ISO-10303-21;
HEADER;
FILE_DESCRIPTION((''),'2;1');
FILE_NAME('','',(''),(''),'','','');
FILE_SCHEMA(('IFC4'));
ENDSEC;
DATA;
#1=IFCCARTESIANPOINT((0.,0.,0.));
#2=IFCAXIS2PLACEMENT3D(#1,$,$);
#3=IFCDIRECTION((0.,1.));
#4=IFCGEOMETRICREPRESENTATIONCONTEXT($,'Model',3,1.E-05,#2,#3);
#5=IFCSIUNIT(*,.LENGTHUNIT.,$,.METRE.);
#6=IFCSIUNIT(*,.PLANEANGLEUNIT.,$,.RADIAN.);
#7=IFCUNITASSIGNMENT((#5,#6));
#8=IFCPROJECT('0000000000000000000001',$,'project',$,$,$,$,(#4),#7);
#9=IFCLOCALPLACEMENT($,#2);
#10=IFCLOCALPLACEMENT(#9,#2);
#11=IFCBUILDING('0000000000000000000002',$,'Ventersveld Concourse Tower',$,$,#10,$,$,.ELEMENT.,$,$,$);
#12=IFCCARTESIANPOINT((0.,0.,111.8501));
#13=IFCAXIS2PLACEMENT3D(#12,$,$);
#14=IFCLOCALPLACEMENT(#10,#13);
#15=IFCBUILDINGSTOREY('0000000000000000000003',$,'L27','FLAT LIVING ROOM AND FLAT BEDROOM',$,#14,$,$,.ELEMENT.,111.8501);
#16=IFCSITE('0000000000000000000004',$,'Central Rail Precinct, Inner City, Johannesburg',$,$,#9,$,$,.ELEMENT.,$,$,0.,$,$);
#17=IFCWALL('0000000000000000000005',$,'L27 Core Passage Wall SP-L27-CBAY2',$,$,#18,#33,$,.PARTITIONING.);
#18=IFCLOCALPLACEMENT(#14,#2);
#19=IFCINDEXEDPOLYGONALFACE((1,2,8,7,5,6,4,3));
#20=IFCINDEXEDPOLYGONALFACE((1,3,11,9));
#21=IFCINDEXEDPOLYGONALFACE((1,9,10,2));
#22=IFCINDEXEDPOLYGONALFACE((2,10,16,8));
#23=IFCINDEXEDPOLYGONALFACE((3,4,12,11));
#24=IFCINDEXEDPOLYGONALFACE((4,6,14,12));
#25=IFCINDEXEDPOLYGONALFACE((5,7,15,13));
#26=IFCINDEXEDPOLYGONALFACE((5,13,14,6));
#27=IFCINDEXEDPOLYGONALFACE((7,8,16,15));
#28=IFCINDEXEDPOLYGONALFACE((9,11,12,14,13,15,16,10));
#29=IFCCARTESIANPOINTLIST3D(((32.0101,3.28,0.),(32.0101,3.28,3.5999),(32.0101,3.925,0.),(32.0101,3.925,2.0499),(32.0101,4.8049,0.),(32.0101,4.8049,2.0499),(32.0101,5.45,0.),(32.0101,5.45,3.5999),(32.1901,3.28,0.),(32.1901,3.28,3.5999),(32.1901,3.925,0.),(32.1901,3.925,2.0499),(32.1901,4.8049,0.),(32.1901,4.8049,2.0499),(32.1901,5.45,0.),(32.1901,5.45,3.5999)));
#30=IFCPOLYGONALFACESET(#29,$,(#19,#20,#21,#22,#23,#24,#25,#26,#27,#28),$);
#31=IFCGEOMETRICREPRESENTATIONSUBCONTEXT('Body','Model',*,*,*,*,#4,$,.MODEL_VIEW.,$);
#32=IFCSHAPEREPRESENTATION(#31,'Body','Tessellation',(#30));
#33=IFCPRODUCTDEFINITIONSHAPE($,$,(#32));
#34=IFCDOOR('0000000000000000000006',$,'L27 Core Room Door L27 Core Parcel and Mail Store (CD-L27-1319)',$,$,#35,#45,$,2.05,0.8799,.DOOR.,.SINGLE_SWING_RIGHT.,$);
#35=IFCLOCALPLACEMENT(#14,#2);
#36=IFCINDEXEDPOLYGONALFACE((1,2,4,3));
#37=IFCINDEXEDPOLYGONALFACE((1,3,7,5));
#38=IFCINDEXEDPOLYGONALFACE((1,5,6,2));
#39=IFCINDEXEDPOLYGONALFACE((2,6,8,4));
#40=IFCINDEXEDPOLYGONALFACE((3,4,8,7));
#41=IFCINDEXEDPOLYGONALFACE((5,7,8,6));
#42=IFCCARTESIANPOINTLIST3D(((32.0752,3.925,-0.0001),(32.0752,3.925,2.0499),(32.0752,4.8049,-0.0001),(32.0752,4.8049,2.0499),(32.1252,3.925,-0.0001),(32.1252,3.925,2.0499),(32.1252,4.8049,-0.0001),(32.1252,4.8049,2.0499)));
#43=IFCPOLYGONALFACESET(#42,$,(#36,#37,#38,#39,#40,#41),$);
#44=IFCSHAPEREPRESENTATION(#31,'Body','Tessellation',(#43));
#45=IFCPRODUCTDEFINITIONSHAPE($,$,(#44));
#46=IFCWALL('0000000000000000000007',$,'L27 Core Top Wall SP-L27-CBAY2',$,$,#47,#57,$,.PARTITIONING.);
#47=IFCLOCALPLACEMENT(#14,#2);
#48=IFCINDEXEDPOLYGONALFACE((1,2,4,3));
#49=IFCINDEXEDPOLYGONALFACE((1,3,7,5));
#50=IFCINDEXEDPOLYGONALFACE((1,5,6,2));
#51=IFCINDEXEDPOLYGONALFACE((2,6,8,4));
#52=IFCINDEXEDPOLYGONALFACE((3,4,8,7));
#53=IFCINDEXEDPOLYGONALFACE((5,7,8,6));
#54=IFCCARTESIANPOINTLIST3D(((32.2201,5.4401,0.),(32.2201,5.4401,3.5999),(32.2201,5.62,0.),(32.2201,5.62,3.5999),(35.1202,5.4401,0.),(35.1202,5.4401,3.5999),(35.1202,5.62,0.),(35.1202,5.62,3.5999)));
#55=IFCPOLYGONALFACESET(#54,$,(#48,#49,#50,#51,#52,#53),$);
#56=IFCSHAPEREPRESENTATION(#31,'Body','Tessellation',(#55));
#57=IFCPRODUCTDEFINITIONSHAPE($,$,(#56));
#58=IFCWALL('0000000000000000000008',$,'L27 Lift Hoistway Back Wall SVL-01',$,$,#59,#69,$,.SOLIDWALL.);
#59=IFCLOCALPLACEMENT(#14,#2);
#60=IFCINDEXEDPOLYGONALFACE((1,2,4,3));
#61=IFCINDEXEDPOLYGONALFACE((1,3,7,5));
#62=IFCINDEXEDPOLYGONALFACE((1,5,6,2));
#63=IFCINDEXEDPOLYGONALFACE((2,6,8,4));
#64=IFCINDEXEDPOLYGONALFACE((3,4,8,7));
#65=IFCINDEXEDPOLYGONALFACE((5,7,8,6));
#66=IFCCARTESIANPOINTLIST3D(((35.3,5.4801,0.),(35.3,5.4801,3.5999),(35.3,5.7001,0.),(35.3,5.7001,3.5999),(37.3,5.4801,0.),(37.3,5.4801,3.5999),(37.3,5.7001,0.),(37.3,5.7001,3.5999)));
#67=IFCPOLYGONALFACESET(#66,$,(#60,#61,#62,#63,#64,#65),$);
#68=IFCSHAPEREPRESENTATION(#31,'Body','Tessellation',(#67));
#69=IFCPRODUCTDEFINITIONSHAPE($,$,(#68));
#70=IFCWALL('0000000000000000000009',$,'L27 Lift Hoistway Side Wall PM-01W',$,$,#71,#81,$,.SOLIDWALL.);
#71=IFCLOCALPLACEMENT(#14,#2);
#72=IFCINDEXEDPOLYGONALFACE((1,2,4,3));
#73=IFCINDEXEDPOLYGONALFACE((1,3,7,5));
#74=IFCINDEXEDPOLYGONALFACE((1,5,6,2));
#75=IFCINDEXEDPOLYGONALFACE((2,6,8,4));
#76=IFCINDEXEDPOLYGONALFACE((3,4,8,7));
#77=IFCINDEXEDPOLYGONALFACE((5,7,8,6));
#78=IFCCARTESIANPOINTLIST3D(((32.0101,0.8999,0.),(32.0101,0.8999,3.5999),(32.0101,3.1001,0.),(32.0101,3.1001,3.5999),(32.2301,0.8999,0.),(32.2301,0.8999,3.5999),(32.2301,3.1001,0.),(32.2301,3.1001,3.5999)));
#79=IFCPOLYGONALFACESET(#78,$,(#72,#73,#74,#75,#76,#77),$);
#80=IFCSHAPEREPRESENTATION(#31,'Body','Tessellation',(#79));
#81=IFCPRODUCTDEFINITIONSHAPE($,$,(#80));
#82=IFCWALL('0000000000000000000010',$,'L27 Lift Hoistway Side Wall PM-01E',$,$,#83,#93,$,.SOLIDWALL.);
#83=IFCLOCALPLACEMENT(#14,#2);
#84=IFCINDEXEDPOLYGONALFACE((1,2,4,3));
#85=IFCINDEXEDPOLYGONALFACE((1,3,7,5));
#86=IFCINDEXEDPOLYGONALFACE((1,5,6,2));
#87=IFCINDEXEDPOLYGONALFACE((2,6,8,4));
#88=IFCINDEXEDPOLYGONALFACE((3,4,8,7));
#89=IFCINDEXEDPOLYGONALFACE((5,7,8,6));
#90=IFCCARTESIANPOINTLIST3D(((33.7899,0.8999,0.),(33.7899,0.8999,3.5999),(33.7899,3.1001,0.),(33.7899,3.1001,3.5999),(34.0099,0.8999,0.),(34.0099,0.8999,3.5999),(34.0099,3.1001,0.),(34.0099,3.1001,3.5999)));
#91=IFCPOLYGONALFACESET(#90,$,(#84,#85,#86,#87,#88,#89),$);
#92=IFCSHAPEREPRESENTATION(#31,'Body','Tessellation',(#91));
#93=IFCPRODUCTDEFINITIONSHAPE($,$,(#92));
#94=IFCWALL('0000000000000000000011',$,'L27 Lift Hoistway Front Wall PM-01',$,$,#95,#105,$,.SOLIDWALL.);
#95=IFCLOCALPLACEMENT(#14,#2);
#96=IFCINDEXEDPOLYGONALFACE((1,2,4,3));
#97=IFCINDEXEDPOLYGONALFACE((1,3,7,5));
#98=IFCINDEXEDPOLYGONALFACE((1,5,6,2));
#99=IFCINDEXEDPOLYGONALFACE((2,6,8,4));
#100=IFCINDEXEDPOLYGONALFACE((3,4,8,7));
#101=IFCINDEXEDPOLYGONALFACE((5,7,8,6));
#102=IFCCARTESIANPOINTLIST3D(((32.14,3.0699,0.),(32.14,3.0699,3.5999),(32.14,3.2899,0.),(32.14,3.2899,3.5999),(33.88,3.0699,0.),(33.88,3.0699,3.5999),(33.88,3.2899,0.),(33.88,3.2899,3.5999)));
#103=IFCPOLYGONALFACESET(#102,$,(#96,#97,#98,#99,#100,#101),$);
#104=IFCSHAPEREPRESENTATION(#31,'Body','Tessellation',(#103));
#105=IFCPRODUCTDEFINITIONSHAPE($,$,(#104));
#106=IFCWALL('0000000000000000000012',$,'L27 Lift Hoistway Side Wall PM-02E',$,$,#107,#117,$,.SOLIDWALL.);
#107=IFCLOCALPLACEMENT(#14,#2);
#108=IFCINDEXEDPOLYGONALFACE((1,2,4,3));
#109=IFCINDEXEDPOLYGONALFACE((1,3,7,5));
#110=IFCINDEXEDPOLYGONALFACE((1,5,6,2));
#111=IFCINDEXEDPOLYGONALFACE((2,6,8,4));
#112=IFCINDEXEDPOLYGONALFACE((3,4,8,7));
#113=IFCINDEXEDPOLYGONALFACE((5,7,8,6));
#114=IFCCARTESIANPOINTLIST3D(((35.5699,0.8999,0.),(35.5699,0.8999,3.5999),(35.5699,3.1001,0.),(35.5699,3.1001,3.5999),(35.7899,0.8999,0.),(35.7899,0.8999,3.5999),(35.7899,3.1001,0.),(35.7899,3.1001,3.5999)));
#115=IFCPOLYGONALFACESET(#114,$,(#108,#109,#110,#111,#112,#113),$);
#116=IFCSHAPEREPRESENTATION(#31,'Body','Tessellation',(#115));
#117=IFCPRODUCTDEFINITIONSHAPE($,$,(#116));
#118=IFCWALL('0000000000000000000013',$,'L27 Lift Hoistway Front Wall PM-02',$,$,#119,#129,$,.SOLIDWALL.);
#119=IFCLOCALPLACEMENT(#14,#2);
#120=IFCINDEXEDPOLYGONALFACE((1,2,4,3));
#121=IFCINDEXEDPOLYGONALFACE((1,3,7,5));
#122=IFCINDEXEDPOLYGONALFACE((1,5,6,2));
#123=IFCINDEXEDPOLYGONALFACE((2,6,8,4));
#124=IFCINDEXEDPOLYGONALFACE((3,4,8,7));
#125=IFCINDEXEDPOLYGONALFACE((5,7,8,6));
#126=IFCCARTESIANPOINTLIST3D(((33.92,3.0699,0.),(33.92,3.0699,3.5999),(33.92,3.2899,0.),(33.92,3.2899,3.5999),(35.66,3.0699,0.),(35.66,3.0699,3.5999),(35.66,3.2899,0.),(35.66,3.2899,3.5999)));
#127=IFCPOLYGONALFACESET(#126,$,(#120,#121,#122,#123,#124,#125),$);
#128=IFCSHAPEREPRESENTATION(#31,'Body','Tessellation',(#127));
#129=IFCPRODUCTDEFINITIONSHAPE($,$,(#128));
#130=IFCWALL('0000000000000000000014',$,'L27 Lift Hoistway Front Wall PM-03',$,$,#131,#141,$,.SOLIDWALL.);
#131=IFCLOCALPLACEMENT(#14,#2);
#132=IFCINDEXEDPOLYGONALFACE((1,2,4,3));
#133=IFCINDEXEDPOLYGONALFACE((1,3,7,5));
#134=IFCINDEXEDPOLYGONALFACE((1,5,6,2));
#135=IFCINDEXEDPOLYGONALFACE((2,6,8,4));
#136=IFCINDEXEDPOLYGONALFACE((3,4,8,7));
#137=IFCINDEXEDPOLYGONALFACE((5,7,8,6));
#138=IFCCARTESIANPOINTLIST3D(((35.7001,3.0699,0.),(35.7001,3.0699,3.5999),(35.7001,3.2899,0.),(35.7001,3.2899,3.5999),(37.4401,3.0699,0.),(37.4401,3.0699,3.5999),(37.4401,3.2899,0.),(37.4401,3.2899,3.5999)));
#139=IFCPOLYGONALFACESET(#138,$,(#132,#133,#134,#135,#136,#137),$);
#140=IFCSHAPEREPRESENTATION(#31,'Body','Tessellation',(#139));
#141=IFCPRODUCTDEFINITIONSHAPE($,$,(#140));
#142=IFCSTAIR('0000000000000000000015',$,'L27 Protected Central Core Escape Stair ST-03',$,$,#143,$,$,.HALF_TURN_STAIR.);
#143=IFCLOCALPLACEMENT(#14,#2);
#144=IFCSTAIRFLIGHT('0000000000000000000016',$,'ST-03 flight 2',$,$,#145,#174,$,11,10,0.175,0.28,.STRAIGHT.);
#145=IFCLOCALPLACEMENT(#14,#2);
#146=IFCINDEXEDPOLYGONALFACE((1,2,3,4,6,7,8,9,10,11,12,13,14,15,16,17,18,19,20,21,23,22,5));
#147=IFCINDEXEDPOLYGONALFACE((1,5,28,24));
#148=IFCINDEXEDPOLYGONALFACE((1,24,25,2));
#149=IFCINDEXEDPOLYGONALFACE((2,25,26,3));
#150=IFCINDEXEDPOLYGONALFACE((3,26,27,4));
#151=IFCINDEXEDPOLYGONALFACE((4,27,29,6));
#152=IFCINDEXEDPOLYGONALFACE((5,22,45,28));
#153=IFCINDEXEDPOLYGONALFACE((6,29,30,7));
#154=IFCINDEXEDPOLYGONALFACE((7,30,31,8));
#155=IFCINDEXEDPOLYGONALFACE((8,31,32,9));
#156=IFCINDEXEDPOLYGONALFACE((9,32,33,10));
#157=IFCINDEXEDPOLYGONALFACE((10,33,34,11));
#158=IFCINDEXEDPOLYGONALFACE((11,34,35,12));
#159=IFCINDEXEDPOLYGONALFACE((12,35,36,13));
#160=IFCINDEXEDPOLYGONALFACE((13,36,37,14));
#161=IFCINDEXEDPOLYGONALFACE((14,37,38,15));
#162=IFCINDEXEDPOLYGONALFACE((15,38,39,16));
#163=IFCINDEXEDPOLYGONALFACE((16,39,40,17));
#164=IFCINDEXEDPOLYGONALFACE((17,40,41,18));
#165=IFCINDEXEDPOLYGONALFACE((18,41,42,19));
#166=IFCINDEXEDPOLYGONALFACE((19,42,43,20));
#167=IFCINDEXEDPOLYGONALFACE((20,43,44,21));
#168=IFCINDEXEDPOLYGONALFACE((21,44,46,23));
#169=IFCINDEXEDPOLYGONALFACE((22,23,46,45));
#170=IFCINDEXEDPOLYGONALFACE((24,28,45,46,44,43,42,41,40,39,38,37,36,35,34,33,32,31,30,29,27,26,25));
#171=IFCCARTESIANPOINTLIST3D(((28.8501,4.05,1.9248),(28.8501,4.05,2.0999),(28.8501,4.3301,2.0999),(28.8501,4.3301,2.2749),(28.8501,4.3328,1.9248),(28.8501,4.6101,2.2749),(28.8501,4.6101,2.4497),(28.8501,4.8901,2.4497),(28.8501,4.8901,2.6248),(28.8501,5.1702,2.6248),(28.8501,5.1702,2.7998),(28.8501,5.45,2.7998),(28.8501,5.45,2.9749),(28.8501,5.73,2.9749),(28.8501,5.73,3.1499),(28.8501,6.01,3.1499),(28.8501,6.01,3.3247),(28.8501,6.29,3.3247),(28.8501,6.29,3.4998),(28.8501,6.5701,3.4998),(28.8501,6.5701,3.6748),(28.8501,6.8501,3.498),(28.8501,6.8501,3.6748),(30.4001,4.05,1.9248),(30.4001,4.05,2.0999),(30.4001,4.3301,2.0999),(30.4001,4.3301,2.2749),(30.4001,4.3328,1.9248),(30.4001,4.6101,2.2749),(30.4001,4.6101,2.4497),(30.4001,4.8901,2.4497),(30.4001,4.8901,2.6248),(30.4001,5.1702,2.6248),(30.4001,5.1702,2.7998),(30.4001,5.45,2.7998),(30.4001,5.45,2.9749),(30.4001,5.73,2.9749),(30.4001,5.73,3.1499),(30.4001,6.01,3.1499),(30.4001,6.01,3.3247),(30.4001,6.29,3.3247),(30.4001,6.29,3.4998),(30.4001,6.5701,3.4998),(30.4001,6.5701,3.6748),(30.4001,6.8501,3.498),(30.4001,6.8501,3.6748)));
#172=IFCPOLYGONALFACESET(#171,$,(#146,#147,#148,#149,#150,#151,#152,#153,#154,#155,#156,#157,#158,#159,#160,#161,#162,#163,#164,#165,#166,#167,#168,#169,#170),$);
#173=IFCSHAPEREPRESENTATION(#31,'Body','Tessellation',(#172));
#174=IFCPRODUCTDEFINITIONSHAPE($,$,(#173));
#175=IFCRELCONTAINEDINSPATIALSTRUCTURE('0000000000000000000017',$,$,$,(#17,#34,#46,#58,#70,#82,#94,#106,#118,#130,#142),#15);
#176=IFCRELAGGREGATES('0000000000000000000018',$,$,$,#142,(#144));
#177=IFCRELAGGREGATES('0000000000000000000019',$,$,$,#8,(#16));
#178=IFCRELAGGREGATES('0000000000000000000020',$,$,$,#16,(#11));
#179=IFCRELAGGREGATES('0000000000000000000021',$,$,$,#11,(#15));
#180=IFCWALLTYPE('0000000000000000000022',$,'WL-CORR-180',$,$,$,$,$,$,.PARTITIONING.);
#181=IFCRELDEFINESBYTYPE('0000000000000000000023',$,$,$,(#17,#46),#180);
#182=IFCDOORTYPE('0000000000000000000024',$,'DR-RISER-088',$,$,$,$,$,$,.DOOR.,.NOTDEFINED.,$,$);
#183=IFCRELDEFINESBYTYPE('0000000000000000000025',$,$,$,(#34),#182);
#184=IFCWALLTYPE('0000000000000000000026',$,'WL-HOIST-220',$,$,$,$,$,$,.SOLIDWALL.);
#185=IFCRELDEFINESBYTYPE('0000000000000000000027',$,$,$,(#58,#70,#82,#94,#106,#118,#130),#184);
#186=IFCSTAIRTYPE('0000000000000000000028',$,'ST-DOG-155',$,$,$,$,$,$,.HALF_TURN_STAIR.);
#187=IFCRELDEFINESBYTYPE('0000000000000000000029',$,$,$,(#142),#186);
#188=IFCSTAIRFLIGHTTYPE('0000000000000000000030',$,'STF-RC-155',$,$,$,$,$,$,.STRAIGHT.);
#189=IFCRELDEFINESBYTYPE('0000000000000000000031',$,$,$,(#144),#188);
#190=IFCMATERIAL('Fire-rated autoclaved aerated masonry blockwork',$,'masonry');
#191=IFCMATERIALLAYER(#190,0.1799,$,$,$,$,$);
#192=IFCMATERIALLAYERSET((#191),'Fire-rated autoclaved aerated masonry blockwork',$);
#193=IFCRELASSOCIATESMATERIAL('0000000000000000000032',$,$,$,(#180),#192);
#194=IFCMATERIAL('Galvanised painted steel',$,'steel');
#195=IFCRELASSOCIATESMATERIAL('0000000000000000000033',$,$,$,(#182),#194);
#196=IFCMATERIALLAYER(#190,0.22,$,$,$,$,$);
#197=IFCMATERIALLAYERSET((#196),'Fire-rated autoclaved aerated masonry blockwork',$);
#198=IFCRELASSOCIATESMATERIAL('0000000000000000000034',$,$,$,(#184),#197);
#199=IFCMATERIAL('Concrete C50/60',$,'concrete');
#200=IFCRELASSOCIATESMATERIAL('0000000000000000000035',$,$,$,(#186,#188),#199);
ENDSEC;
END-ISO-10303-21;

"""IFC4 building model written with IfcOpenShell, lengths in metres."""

from ifc_helpers import new_model, si_unit, direction, frame, frame_2d, origin, place, context, subcontext, project, spatial, polyline, rectangle, outline, extrude, material, layer, layer_set, type_object, element, fill, aggregate, save


model = new_model("IFC4")

# Units and contexts
model_context = context("Model", 3, precision=1e-05, world=origin(), true_north=direction((0.0, 1.0)))
body_context = subcontext(model_context, "Body", "Model", "MODEL_VIEW")
ifc_project = project(units=[si_unit("LENGTHUNIT", "METRE"), si_unit("PLANEANGLEUNIT", "RADIAN")], contexts=[model_context])

# Site, building, storey
site_placement = place(None, origin())
site = spatial("IfcSite", under=ifc_project, at=site_placement, Name="Central Rail Precinct, Inner City, Johannesburg", CompositionType="ELEMENT", RefElevation=0.0)
building_placement = place(site_placement, origin())
building = spatial("IfcBuilding", under=site, at=building_placement, Name="Ventersveld Concourse Tower", CompositionType="ELEMENT")
storey_placement = place(building_placement, frame((0.0, 0.0, 111.8501)))
storey = spatial("IfcBuildingStorey", under=building, at=storey_placement, Name="L27", Description="FLAT LIVING ROOM AND FLAT BEDROOM", CompositionType="ELEMENT", Elevation=111.8501)

# Shared definitions
ifc_material_1 = material(Name="Concrete C50/60", Category="concrete")

# Wall, opening, door
ifc_material_2 = material(Name="Fire-rated autoclaved aerated masonry blockwork", Category="masonry")
ifc_layer_1 = layer(ifc_material_2, 0.1799)
ifc_layer_set_1 = layer_set([ifc_layer_1], Name="Fire-rated autoclaved aerated masonry blockwork")
wall_type_1 = type_object("IfcWallType", Name="WL-CORR-180", PredefinedType="PARTITIONING", material=ifc_layer_set_1)
wall_1_placement = place(storey_placement, frame((32.1001, 3.28, 0.0), z_axis=(0.0, 0.0, 1.0), x_axis=(0.0, 1.0, 0.0)))
wall_1 = element("IfcWall", 1, at=wall_1_placement, inside=storey, type_object=wall_type_1, Name="L27 Core Passage Wall SP-L27-CBAY2", PredefinedType="PARTITIONING", context=body_context, shape_type="SweptSolid", body=[
    extrude(rectangle(XDim=2.1699, YDim=0.1799, at=frame_2d((1.085, 0.0))), origin(), (0.0, 0.0, 1.0), 3.5999),
])
opening_placement = place(wall_1_placement, frame((0.645, 0.0, 0.0)))
opening = element("IfcOpeningElement", 2, at=opening_placement, cuts=wall_1, PredefinedType="OPENING", context=body_context, shape_type="SweptSolid", body=[
    extrude(rectangle(XDim=0.8799, YDim=2.05, at=frame_2d((0.4399, 1.0249))), frame((0.0, 0.1001, 0.0), z_axis=(0.0, -1.0, 0.0), x_axis=(1.0, 0.0, 0.0)), (0.0, 0.0, 1.0), 0.2),
])
ifc_material_3 = material(Name="Galvanised painted steel", Category="steel")
door_type = type_object("IfcDoorType", Name="DR-RISER-088", OperationType="NOTDEFINED", PredefinedType="DOOR", material=ifc_material_3)
door_placement = place(opening_placement, origin())
door = element("IfcDoor", 3, at=door_placement, inside=storey, type_object=door_type, Name="L27 Core Room Door L27 Core Parcel and Mail Store (CD-L27-1319)", OperationType="SINGLE_SWING_RIGHT", OverallHeight=2.05, OverallWidth=0.8799, PredefinedType="DOOR", context=body_context, shape_type="SweptSolid", body=[
    extrude(rectangle(XDim=0.8799, YDim=2.05, at=frame_2d((0.4399, 1.0249))), frame((0.0, 0.0249, 0.0), z_axis=(0.0, -1.0, 0.0), x_axis=(1.0, 0.0, 0.0)), (0.0, 0.0, 1.0), 0.05),
])
fill(opening, door)

# Walls
wall_2_placement = place(storey_placement, frame((32.22, 5.53, 0.0), z_axis=(0.0, 0.0, 1.0), x_axis=(1.0, 0.0, 0.0)))
element("IfcWall", 4, at=wall_2_placement, inside=storey, type_object=wall_type_1, Name="L27 Core Top Wall SP-L27-CBAY2", PredefinedType="PARTITIONING", context=body_context, shape_type="SweptSolid", body=[
    extrude(rectangle(XDim=2.9001, YDim=0.1799, at=frame_2d((1.4502, 0.0))), origin(), (0.0, 0.0, 1.0), 3.5999),
])
ifc_layer_2 = layer(ifc_material_2, 0.22)
ifc_layer_set_2 = layer_set([ifc_layer_2], Name="Fire-rated autoclaved aerated masonry blockwork")
wall_type_2 = type_object("IfcWallType", Name="WL-HOIST-220", PredefinedType="SOLIDWALL", material=ifc_layer_set_2)
wall_3_placement = place(storey_placement, frame((35.3, 5.5901, 0.0), z_axis=(0.0, 0.0, 1.0), x_axis=(1.0, 0.0, 0.0)))
element("IfcWall", 5, at=wall_3_placement, inside=storey, type_object=wall_type_2, Name="L27 Lift Hoistway Back Wall SVL-01", PredefinedType="SOLIDWALL", context=body_context, shape_type="SweptSolid", body=[
    extrude(rectangle(XDim=2.0, YDim=0.22, at=frame_2d((1.0, 0.0))), origin(), (0.0, 0.0, 1.0), 3.5999),
])
for number, where, z_axis, x_axis, name in (
    (6, (32.1201, 0.8999, 0.0), (0.0, 0.0, 1.0), (0.0, 1.0, 0.0), "L27 Lift Hoistway Side Wall PM-01W"),
    (7, (33.8999, 0.8999, 0.0), (0.0, 0.0, 1.0), (0.0, 1.0, 0.0), "L27 Lift Hoistway Side Wall PM-01E"),
):
    element("IfcWall", number, at=place(storey_placement, frame(where, z_axis=z_axis, x_axis=x_axis)), inside=storey, type_object=wall_type_2, Name=name, PredefinedType="SOLIDWALL", context=body_context, shape_type="SweptSolid", body=[
        extrude(rectangle(XDim=2.2002, YDim=0.22, at=frame_2d((1.1001, 0.0))), origin(), (0.0, 0.0, 1.0), 3.5999),
    ])
wall_4_placement = place(storey_placement, frame((32.1399, 3.1799, 0.0), z_axis=(0.0, 0.0, 1.0), x_axis=(1.0, 0.0, 0.0)))
element("IfcWall", 8, at=wall_4_placement, inside=storey, type_object=wall_type_2, Name="L27 Lift Hoistway Front Wall PM-01", PredefinedType="SOLIDWALL", context=body_context, shape_type="SweptSolid", body=[
    extrude(rectangle(XDim=1.74, YDim=0.22, at=frame_2d((0.8701, 0.0))), origin(), (0.0, 0.0, 1.0), 3.5999),
])
wall_5_placement = place(storey_placement, frame((35.6799, 0.8999, 0.0), z_axis=(0.0, 0.0, 1.0), x_axis=(0.0, 1.0, 0.0)))
element("IfcWall", 9, at=wall_5_placement, inside=storey, type_object=wall_type_2, Name="L27 Lift Hoistway Side Wall PM-02E", PredefinedType="SOLIDWALL", context=body_context, shape_type="SweptSolid", body=[
    extrude(rectangle(XDim=2.2002, YDim=0.22, at=frame_2d((1.1001, 0.0))), origin(), (0.0, 0.0, 1.0), 3.5999),
])
for number, where, z_axis, x_axis, name in (
    (10, (33.9199, 3.1799, 0.0), (0.0, 0.0, 1.0), (1.0, 0.0, 0.0), "L27 Lift Hoistway Front Wall PM-02"),
    (11, (35.7, 3.1799, 0.0), (0.0, 0.0, 1.0), (1.0, 0.0, 0.0), "L27 Lift Hoistway Front Wall PM-03"),
):
    element("IfcWall", number, at=place(storey_placement, frame(where, z_axis=z_axis, x_axis=x_axis)), inside=storey, type_object=wall_type_2, Name=name, PredefinedType="SOLIDWALL", context=body_context, shape_type="SweptSolid", body=[
        extrude(rectangle(XDim=1.74, YDim=0.22, at=frame_2d((0.8701, 0.0))), origin(), (0.0, 0.0, 1.0), 3.5999),
    ])

# Stair, stair flight
stair_type = type_object("IfcStairType", Name="ST-DOG-155", PredefinedType="HALF_TURN_STAIR", material=ifc_material_1)
stair_placement = place(storey_placement, origin())
stair = element("IfcStair", 12, at=stair_placement, inside=storey, type_object=stair_type, Name="L27 Protected Central Core Escape Stair ST-03", PredefinedType="HALF_TURN_STAIR")
stair_flight_type = type_object("IfcStairFlightType", Name="STF-RC-155", PredefinedType="STRAIGHT", material=ifc_material_1)
stair_flight_placement = place(storey_placement, frame((29.625, 4.05, 1.9248), z_axis=(0.0, 0.0, 1.0), x_axis=(0.0, 1.0, 0.0)))
stair_flight = element("IfcStairFlight", 13, at=stair_flight_placement, type_object=stair_flight_type, Name="ST-03 flight 2", NumberOfRisers=11, NumberOfTreads=10, PredefinedType="STRAIGHT", RiserHeight=0.175, TreadLength=0.28, context=body_context, shape_type="SweptSolid", body=[
    extrude(outline(polyline([(0.0, 0.0), (0.0, 0.175), (0.28, 0.175), (0.28, 0.3501), (0.5601, 0.3501), (0.5601, 0.5249), (0.8401, 0.5249), (0.8401, 0.7), (1.1201, 0.7), (1.1201, 0.875), (1.3999, 0.875), (1.3999, 1.05), (1.6799, 1.05), (1.6799, 1.2251), (1.96, 1.2251), (1.96, 1.3999), (2.24, 1.3999), (2.24, 1.575), (2.52, 1.575), (2.52, 1.75), (2.8, 1.75), (2.8, 1.925), (2.8, 1.5732), (0.2827, 0.0), (0.0, 0.0)])), frame((0.0, 0.7749, 0.0), z_axis=(0.0, -1.0, 0.0), x_axis=(1.0, 0.0, 0.0)), (0.0, 0.0, 1.0), 1.55),
])
aggregate(stair, [stair_flight])

save(model, "model.ifc")
